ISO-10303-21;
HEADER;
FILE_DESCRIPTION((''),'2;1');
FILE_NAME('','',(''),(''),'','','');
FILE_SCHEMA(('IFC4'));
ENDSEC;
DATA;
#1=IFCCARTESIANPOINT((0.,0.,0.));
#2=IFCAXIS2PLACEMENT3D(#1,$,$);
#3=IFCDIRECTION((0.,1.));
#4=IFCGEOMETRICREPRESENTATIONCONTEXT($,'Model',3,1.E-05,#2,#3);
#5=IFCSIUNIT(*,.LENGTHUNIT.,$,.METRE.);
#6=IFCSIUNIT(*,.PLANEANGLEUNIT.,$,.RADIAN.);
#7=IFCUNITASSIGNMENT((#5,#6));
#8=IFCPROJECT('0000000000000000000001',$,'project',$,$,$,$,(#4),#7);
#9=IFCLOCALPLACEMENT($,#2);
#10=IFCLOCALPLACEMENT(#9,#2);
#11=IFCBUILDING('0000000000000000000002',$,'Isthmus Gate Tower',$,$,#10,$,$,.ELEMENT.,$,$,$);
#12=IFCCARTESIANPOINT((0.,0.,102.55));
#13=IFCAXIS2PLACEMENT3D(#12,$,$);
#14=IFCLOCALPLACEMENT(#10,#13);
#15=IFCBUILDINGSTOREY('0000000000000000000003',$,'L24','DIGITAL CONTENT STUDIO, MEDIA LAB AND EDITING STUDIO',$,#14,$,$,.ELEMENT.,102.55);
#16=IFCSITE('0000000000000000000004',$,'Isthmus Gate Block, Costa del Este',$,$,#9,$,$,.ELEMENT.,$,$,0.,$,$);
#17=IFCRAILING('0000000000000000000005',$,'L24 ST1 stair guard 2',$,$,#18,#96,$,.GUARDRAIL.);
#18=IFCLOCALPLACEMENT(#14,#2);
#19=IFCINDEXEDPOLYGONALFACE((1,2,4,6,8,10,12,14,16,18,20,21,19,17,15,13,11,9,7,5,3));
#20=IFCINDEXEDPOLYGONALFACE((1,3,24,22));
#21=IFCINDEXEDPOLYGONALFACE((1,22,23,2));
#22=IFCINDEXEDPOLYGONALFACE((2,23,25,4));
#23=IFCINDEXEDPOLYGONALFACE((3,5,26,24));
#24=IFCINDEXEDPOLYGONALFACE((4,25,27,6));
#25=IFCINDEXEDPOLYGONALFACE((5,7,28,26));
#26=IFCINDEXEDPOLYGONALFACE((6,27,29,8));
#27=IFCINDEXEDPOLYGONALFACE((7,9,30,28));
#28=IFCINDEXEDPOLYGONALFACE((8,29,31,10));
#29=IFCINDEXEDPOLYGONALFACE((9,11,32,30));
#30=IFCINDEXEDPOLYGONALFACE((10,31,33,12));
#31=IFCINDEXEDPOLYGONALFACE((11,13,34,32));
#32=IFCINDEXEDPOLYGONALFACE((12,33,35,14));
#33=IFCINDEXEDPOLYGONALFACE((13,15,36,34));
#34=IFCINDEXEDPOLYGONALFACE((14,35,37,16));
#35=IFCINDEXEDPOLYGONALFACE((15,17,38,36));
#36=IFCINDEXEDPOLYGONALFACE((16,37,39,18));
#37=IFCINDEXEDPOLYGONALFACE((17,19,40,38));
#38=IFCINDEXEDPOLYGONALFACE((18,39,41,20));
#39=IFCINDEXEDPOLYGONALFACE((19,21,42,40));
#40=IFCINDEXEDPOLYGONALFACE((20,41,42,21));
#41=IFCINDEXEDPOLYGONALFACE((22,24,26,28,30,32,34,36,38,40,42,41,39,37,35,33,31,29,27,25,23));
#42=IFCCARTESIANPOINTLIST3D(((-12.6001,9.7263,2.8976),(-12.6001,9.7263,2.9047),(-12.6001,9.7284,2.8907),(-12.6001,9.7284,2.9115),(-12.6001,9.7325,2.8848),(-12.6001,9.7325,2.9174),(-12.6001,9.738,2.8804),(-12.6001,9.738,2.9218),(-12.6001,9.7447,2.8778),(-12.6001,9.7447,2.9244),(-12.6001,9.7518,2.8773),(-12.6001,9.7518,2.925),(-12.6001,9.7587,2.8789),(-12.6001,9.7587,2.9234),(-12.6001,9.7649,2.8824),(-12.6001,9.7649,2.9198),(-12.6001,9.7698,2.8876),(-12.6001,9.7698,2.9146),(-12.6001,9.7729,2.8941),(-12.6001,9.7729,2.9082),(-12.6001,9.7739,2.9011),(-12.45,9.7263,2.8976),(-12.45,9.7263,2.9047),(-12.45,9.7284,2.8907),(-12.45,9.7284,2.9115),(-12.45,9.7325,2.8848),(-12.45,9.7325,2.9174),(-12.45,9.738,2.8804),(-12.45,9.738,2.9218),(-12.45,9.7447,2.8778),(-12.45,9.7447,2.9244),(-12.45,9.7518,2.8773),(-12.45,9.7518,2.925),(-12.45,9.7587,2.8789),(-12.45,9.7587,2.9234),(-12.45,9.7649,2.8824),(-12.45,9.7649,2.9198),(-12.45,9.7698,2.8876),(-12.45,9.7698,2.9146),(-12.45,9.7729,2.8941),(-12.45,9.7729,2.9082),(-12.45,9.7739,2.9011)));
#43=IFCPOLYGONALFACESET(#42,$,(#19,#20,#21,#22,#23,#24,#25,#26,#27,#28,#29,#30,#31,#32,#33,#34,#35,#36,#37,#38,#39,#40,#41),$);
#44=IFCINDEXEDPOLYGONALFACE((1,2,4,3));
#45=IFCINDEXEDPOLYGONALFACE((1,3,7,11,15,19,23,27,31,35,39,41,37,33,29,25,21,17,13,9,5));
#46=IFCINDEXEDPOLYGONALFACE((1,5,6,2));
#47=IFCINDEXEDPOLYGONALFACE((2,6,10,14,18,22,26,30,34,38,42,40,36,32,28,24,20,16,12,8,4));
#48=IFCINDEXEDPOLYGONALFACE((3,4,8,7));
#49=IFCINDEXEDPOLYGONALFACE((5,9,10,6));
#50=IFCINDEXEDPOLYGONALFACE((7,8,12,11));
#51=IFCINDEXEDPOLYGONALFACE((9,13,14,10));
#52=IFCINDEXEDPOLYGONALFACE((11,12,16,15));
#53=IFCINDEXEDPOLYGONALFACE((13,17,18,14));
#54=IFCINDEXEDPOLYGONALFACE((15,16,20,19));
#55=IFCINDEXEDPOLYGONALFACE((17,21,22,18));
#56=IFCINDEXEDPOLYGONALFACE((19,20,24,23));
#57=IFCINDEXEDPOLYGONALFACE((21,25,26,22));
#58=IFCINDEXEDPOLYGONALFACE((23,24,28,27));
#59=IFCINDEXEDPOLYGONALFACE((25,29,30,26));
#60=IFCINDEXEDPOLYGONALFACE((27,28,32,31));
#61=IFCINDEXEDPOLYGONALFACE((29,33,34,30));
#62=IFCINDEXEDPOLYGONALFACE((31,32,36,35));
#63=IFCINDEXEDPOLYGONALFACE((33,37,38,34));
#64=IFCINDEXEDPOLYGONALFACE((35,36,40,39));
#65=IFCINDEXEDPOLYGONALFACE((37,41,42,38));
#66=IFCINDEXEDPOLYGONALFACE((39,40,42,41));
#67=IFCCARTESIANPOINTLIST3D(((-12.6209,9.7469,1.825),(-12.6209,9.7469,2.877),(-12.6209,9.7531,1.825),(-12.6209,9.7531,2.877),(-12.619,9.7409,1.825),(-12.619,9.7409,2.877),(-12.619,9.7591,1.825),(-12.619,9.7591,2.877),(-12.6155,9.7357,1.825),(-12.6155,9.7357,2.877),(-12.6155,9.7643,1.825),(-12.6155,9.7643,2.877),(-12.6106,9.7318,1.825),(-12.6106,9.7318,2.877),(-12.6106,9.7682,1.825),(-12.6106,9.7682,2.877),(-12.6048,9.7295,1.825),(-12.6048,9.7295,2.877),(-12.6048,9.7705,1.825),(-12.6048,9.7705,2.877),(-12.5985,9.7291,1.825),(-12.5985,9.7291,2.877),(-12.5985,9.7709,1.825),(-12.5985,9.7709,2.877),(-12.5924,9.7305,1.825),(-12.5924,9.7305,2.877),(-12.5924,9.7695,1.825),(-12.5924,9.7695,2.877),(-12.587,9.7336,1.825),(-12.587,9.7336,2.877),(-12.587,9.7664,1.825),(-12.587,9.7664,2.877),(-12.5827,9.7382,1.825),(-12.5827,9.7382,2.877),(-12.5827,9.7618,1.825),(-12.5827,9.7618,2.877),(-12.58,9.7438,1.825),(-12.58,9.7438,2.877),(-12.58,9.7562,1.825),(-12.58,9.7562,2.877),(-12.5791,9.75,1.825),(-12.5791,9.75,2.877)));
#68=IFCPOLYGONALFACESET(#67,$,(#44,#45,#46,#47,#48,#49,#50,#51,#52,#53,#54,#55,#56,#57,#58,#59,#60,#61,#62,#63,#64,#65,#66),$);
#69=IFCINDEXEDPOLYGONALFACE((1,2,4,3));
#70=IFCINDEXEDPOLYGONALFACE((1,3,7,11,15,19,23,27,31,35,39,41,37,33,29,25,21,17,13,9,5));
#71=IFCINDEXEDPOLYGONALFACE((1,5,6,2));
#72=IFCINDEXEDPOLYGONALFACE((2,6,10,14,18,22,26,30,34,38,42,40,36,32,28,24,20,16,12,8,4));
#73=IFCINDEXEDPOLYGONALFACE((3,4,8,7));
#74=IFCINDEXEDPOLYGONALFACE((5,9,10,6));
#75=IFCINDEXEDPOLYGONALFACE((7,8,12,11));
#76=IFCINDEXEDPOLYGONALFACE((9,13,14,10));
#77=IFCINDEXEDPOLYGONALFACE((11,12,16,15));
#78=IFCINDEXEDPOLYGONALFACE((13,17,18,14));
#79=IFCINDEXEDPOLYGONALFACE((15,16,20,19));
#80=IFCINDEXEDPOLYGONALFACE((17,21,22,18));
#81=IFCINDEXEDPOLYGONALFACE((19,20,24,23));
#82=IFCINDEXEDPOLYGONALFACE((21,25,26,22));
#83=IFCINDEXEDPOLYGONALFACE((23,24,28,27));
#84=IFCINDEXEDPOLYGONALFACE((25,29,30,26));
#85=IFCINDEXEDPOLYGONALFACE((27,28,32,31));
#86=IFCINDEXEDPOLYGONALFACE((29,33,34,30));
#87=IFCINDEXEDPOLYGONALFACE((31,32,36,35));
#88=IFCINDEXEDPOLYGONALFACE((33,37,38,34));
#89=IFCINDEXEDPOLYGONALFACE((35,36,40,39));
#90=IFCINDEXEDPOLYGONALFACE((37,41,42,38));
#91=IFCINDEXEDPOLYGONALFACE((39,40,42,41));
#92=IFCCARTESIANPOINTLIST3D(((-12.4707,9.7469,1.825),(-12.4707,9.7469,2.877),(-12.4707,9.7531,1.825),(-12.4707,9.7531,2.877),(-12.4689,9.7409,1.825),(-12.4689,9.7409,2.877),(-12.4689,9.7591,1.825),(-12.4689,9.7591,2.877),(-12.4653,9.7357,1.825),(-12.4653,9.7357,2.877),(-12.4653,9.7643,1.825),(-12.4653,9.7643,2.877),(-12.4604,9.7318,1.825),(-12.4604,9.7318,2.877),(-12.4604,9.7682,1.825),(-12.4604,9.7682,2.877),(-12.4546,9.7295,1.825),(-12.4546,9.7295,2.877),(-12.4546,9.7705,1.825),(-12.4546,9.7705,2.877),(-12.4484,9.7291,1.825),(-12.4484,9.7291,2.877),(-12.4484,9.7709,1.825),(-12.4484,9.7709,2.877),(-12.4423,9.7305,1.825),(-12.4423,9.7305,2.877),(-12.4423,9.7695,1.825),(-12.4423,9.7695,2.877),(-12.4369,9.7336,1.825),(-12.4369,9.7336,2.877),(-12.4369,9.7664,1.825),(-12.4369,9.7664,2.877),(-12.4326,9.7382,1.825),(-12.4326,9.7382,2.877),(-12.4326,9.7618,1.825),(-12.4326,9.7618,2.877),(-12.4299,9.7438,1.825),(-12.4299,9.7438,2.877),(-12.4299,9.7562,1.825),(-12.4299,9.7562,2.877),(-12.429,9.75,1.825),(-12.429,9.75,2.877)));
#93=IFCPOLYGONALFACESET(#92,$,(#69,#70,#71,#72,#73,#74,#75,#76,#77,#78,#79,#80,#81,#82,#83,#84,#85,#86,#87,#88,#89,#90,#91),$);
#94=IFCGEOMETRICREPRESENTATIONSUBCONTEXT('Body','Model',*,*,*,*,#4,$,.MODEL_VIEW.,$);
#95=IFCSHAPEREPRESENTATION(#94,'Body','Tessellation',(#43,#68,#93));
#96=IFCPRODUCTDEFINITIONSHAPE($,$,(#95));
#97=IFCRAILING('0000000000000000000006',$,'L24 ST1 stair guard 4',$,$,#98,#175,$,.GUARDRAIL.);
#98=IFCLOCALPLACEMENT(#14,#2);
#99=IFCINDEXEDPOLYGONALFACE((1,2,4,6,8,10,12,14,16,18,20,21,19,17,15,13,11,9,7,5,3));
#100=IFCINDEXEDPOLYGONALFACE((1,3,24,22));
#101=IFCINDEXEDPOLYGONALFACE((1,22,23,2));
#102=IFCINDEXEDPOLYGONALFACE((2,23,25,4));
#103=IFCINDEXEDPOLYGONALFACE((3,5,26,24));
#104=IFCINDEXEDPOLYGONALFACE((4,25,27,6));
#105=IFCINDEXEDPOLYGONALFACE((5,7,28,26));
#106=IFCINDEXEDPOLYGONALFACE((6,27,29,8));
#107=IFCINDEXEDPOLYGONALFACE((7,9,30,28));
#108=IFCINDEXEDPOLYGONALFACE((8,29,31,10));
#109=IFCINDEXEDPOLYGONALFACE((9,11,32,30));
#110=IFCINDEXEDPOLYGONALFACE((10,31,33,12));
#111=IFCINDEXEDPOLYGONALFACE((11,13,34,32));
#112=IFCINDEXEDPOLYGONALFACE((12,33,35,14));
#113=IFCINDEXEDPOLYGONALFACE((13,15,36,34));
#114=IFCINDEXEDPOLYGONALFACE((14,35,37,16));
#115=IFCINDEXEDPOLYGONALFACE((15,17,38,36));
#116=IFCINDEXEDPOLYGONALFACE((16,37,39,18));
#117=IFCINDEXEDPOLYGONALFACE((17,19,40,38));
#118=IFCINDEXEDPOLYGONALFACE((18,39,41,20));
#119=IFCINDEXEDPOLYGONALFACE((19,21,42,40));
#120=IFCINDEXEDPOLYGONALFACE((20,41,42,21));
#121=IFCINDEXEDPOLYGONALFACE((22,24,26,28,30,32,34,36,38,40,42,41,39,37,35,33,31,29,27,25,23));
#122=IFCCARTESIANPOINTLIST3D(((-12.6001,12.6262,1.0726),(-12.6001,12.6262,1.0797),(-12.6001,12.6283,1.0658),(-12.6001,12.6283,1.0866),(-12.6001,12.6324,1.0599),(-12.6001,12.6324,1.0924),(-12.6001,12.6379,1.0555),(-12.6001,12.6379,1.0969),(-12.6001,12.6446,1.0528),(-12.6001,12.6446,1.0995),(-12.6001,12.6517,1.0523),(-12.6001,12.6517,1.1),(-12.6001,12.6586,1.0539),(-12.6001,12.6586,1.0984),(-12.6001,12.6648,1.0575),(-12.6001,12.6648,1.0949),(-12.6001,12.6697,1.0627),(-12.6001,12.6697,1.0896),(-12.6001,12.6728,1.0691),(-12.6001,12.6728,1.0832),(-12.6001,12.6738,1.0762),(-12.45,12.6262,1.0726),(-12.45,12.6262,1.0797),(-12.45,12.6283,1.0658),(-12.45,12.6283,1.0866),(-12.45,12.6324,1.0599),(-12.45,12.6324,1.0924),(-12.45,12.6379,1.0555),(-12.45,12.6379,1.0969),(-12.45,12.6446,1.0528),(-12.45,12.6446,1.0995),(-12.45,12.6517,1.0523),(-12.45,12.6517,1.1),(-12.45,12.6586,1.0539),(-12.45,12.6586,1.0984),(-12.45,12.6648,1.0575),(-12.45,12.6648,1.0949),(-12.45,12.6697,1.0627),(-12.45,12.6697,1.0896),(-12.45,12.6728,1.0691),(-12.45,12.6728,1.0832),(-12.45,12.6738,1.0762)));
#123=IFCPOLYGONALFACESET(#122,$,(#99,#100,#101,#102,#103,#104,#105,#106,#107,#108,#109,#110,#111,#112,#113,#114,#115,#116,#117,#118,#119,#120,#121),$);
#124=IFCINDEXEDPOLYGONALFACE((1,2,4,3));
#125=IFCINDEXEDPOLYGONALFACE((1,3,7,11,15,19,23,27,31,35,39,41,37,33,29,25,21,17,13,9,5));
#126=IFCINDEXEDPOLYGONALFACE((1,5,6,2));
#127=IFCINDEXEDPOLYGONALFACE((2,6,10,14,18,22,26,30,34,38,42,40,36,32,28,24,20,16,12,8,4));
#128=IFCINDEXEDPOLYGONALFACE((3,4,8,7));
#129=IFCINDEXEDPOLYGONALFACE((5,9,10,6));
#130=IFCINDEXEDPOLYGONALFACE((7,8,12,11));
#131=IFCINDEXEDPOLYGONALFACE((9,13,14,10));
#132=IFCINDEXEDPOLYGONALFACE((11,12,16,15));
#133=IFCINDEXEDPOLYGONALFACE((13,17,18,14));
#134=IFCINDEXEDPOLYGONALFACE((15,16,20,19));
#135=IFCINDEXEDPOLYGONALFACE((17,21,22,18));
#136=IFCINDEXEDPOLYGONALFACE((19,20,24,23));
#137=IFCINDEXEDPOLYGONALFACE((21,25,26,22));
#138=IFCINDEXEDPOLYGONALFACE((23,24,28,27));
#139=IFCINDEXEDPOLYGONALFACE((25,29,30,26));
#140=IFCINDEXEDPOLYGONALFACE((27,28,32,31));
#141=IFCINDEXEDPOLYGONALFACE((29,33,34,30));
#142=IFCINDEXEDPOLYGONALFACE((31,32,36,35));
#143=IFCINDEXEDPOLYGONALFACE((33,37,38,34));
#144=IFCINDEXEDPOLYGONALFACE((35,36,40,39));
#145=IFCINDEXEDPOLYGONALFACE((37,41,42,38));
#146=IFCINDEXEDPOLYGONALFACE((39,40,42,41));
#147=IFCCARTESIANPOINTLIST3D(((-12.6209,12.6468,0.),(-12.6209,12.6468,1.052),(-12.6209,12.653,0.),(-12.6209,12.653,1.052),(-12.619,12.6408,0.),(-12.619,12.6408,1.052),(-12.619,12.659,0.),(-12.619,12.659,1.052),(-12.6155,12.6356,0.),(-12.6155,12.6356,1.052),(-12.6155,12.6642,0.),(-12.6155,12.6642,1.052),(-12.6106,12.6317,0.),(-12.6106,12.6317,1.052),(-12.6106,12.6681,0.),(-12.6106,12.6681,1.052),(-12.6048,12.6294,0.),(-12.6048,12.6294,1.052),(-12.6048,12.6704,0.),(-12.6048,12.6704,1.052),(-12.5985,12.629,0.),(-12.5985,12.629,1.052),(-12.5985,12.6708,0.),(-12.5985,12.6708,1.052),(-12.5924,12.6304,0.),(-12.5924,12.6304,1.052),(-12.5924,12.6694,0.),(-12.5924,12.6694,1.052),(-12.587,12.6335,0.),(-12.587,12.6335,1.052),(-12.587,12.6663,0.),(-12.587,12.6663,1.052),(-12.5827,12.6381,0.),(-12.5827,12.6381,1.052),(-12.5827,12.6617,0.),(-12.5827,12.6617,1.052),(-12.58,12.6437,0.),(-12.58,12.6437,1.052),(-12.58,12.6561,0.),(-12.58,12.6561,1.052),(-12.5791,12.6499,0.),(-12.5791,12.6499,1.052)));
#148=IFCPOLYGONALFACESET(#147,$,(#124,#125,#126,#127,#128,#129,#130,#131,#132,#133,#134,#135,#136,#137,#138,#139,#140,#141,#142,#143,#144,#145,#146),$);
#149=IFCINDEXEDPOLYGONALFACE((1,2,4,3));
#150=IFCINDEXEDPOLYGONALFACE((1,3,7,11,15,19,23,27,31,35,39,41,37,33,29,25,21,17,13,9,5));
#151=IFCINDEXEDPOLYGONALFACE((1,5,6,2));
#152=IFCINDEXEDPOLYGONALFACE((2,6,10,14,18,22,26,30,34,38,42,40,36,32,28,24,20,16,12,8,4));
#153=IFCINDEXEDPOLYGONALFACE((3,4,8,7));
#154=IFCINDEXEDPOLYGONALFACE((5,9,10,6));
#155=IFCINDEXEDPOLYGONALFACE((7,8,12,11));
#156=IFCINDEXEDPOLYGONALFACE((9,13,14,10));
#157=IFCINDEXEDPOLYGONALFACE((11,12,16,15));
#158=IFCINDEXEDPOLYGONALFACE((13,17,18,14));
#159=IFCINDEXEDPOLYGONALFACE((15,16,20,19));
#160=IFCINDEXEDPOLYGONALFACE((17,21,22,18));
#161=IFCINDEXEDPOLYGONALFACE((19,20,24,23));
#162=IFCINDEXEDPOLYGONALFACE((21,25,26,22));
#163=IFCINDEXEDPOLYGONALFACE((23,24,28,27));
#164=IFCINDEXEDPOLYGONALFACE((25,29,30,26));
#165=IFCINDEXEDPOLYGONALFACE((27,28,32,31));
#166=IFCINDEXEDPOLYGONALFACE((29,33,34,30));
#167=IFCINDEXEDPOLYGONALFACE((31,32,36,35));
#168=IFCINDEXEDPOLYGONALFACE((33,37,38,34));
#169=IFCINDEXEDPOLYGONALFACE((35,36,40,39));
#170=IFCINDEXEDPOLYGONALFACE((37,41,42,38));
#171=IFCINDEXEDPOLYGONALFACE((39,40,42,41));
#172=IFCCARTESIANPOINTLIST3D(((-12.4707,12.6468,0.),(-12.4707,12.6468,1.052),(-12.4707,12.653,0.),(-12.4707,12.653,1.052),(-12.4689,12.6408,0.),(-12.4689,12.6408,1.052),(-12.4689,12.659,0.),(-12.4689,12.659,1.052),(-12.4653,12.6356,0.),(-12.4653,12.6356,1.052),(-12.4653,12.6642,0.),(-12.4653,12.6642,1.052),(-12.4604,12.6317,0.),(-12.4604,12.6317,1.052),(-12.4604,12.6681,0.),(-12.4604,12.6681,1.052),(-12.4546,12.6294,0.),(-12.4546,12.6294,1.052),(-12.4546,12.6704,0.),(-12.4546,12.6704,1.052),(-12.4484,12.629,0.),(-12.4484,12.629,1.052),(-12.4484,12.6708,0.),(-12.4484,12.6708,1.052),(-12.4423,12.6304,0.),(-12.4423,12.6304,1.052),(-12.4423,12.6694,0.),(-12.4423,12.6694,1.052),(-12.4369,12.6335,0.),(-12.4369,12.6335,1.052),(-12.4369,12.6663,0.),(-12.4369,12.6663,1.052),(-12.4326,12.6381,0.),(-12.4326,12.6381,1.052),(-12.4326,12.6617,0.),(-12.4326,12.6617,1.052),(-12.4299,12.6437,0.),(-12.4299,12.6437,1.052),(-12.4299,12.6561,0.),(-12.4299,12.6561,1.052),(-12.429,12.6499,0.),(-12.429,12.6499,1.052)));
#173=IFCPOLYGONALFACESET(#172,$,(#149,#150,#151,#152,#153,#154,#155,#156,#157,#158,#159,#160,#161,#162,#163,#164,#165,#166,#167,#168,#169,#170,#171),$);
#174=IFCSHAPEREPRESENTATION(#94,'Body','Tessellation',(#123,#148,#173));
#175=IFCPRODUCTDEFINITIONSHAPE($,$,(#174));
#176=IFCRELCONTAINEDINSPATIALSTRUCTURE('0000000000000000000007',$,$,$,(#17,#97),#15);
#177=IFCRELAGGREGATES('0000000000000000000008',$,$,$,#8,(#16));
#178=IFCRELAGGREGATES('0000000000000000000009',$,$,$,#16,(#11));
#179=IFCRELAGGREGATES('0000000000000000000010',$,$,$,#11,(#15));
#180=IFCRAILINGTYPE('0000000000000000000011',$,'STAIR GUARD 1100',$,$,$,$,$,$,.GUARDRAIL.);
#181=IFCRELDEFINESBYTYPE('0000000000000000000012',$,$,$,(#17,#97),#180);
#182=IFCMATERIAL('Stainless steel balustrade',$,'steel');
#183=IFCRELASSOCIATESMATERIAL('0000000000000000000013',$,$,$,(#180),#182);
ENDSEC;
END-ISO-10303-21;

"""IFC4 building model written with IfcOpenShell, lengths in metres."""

from ifc_helpers import new_model, si_unit, direction, frame, origin, origin_2d, place, context, subcontext, project, spatial, circle, extrude, material, type_object, element, save


model = new_model("IFC4")

# Units and contexts
model_context = context("Model", 3, precision=1e-05, world=origin(), true_north=direction((0.0, 1.0)))
body_context = subcontext(model_context, "Body", "Model", "MODEL_VIEW")
ifc_project = project(units=[si_unit("LENGTHUNIT", "METRE"), si_unit("PLANEANGLEUNIT", "RADIAN")], contexts=[model_context])

# Site, building, storey
site_placement = place(None, origin())
site = spatial("IfcSite", under=ifc_project, at=site_placement, Name="Isthmus Gate Block, Costa del Este", CompositionType="ELEMENT", RefElevation=0.0)
building_placement = place(site_placement, origin())
building = spatial("IfcBuilding", under=site, at=building_placement, Name="Isthmus Gate Tower", CompositionType="ELEMENT")
storey_placement = place(building_placement, frame((0.0, 0.0, 102.55)))
storey = spatial("IfcBuildingStorey", under=building, at=storey_placement, Name="L24", Description="DIGITAL CONTENT STUDIO, MEDIA LAB AND EDITING STUDIO", CompositionType="ELEMENT", Elevation=102.55)

# Railings
ifc_material_1 = material(Name="Stainless steel balustrade", Category="steel")
railing_type_1 = type_object("IfcRailingType", Name="STAIR GUARD 1100", PredefinedType="GUARDRAIL", material=ifc_material_1)
for number, where, name in (
    (1, (-12.6001, 9.75, 1.825), "L24 ST1 stair guard 2"),
    (2, (-12.6001, 12.6499, 0.0), "L24 ST1 stair guard 4"),
):
    element("IfcRailing", number, at=place(storey_placement, frame(where)), inside=storey, type_object=railing_type_1, Name=name, PredefinedType="GUARDRAIL", context=body_context, shape_type="SweptSolid", body=[
        extrude(circle(Radius=0.0239, at=origin_2d()), frame((0.0, 0.0, 1.0762), z_axis=(1.0, 0.0, 0.0), x_axis=(0.0, 1.0, 0.0)), (0.0, 0.0, 1.0), 0.1501),
        extrude(circle(Radius=0.021, at=origin_2d()), origin(), (0.0, 0.0, 1.0), 1.052),
        extrude(circle(Radius=0.021, at=origin_2d()), frame((0.1501, 0.0, 0.0)), (0.0, 0.0, 1.0), 1.052),
    ])

save(model, "model.ifc")
